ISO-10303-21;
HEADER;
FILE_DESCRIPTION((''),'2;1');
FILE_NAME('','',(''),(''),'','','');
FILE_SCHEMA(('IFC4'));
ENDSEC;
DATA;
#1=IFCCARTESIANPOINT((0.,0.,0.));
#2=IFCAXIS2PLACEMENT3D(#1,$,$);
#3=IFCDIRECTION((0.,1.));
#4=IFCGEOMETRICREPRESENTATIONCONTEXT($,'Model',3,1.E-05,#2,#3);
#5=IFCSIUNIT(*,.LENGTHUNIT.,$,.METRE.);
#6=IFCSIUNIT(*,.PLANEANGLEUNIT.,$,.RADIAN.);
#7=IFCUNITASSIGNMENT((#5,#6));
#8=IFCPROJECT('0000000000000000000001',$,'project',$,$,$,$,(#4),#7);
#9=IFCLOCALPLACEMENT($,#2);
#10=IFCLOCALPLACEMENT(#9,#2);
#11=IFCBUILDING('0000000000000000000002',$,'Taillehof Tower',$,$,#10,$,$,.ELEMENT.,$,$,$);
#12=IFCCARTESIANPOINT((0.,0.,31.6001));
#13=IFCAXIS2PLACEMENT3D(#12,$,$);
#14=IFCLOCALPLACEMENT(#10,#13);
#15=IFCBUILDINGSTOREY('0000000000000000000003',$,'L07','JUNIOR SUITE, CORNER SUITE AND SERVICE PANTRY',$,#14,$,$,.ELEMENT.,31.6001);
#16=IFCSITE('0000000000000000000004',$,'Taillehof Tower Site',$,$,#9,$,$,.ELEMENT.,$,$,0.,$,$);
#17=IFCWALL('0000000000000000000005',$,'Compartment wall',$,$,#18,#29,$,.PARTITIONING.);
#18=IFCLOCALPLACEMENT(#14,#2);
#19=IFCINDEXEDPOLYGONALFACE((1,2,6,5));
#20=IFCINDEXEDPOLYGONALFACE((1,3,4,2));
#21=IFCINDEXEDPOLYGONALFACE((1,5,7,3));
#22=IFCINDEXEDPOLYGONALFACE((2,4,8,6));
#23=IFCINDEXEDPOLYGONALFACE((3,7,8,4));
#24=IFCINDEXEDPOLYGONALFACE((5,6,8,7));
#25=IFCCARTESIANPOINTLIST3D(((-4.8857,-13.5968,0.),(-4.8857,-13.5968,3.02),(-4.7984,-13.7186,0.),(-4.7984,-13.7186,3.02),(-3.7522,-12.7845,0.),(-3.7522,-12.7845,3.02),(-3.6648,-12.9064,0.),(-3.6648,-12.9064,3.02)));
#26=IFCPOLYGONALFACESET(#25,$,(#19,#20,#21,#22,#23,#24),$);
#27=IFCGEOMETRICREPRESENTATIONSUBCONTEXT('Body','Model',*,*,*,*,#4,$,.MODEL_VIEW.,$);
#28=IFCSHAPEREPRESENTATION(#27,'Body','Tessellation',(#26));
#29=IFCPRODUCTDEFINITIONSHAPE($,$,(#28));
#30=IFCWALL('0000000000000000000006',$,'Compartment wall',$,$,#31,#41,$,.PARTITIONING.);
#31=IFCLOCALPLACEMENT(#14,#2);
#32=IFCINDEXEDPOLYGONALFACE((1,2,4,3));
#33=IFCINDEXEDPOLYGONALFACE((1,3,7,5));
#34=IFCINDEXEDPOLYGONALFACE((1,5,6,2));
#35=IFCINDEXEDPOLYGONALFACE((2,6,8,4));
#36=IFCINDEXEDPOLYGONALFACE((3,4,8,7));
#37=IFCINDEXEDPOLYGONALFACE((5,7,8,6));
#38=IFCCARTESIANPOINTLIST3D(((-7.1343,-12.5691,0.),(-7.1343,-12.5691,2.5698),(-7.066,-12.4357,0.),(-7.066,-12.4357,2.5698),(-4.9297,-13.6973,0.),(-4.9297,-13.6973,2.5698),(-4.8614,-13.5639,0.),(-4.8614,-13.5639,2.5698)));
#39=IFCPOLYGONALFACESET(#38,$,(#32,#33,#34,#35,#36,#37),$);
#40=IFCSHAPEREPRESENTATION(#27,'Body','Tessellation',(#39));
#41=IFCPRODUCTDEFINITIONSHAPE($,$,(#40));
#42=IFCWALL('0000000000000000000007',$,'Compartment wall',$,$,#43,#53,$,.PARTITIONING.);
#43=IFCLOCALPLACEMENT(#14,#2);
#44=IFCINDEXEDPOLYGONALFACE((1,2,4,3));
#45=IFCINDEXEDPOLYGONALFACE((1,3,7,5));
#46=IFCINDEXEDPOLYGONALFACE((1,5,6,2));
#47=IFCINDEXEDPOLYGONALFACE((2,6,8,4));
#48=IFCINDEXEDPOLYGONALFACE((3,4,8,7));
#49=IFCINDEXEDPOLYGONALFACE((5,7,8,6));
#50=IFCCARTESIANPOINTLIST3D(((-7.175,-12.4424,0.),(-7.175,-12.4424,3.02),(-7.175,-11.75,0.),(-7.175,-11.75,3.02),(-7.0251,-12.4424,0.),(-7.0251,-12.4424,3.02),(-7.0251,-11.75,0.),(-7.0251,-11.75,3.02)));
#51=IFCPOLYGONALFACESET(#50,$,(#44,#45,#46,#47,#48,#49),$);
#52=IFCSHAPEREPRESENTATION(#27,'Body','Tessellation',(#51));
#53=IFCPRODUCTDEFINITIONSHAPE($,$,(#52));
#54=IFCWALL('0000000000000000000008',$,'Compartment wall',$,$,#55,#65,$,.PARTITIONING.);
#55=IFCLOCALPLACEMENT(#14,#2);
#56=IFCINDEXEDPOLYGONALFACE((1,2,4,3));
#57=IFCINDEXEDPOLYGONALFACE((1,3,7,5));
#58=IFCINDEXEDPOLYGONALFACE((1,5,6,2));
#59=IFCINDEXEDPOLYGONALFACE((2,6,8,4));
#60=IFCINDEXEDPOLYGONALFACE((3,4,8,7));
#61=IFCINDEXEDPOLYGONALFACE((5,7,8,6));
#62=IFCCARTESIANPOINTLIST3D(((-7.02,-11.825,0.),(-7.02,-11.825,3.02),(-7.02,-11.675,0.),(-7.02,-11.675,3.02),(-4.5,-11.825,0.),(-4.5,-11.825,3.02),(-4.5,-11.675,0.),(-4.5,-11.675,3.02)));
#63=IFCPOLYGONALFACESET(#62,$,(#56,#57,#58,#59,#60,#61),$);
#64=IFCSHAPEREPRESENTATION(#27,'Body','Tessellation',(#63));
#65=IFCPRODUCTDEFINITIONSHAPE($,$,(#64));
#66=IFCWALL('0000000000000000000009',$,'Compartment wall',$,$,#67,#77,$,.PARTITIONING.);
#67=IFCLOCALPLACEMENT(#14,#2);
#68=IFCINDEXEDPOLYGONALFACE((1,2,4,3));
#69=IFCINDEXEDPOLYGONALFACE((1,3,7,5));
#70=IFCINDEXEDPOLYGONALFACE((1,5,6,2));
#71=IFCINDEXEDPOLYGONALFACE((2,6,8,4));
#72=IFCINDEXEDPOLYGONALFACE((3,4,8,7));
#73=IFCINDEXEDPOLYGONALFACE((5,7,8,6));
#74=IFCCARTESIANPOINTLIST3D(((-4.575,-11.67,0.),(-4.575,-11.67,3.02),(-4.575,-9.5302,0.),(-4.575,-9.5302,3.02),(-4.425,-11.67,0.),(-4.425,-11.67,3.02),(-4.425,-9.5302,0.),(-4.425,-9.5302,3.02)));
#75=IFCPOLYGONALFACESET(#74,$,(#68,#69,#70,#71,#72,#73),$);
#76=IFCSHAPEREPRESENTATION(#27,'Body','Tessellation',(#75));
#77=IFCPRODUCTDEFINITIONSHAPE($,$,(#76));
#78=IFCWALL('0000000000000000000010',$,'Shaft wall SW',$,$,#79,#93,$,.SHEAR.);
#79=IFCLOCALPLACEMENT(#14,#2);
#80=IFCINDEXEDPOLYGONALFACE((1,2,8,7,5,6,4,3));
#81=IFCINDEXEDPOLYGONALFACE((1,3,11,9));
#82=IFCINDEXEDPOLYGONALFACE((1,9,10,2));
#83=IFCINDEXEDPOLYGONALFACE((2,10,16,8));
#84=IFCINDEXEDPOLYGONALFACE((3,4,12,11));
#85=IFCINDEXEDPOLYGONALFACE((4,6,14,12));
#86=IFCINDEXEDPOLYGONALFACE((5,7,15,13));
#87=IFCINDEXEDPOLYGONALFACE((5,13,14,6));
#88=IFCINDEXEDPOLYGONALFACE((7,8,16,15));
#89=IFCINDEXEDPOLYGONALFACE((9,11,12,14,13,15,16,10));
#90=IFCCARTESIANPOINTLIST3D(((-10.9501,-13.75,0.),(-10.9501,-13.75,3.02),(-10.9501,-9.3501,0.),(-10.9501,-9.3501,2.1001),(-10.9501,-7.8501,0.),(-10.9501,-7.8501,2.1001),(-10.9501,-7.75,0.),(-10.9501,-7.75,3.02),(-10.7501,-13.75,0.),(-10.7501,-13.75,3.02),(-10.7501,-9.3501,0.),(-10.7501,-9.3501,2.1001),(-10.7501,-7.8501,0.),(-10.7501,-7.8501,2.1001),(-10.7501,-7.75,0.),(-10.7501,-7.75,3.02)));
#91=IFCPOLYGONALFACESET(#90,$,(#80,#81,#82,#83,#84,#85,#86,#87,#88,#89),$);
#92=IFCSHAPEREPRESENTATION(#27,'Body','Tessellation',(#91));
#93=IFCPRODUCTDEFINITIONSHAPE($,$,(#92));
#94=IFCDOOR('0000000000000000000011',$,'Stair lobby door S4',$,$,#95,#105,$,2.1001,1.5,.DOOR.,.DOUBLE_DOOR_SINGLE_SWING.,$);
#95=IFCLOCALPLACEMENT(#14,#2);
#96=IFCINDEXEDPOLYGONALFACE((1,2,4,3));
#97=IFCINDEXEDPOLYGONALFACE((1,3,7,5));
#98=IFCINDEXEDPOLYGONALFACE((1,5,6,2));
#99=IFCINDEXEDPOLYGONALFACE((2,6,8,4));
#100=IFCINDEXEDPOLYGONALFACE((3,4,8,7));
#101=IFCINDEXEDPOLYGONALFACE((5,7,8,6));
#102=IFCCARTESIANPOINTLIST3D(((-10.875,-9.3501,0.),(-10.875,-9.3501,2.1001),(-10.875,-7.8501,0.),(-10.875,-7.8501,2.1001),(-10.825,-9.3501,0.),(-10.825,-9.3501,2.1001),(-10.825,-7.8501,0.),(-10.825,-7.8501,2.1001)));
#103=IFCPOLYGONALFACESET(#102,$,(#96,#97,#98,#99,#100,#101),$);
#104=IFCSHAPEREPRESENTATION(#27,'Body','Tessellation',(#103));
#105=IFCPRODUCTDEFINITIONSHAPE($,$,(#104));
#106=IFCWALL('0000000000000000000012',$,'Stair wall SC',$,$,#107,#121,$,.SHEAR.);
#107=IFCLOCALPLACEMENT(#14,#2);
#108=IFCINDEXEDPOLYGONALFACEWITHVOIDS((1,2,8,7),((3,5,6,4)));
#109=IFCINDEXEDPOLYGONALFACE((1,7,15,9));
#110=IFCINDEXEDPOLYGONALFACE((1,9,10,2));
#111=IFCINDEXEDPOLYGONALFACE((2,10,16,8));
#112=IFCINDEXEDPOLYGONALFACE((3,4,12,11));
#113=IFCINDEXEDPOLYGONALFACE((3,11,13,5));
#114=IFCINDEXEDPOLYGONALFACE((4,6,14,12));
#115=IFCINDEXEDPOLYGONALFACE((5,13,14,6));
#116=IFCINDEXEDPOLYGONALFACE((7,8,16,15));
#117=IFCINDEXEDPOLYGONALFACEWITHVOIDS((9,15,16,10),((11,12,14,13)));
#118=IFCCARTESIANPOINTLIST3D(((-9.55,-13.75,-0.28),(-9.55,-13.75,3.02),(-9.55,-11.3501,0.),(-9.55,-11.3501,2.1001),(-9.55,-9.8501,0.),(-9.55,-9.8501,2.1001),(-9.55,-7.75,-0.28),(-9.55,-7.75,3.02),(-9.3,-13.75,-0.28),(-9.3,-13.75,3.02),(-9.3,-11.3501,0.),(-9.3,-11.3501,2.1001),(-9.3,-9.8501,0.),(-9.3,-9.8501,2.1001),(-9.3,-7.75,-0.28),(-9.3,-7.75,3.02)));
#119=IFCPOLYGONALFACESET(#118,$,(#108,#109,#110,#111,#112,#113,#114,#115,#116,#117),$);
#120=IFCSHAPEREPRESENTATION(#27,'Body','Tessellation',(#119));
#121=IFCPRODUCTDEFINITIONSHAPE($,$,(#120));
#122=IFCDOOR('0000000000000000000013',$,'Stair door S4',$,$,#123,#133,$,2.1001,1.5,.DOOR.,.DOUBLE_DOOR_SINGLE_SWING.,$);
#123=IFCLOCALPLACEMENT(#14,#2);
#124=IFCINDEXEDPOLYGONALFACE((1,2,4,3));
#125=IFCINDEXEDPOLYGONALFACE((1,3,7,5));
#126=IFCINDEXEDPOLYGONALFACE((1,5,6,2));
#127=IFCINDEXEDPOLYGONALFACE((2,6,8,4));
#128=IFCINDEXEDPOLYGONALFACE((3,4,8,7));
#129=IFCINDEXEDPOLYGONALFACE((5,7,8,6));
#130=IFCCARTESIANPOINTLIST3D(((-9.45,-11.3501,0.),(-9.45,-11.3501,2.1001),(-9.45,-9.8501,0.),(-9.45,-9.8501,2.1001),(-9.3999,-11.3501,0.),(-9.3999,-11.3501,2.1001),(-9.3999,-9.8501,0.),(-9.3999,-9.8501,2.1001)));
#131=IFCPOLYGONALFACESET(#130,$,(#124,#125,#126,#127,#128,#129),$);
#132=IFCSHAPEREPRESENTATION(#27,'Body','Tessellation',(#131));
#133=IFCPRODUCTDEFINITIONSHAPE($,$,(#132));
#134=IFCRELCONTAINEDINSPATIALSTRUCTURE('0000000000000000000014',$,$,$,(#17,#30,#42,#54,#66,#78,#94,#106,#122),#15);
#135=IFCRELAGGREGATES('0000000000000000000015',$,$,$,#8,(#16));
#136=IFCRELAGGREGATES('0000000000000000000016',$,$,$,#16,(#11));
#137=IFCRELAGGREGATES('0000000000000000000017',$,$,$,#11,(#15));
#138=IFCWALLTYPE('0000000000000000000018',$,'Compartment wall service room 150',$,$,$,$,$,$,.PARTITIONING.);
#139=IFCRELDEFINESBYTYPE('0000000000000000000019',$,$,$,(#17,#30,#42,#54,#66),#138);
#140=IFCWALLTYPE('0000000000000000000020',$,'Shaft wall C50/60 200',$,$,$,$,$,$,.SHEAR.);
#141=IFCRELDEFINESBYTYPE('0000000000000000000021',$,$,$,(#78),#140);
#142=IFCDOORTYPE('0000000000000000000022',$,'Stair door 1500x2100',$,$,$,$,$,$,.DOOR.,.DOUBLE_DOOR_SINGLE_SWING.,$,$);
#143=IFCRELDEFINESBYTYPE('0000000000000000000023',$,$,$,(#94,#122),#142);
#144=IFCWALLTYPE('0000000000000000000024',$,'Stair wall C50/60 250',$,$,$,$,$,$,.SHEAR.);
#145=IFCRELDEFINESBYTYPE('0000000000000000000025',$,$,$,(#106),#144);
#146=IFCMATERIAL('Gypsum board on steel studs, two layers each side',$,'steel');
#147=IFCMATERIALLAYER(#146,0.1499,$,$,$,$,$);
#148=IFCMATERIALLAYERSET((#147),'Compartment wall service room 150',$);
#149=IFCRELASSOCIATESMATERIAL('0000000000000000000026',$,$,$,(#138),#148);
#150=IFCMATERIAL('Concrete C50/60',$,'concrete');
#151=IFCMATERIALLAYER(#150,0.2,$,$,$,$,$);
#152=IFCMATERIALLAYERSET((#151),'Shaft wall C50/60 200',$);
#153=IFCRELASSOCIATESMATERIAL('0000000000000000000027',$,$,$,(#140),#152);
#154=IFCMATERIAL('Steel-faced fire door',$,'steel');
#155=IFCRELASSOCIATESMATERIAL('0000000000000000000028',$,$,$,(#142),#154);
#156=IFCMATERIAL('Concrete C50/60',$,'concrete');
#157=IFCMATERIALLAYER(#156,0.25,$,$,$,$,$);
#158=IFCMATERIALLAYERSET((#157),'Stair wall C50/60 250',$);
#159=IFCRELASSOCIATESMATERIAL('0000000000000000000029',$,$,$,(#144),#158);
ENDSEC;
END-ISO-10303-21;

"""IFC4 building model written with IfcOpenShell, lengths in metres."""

from ifc_helpers import new_model, si_unit, direction, frame, frame_2d, origin, place, context, subcontext, project, spatial, rectangle, extrude, material, layer, layer_set, type_object, element, fill, save


model = new_model("IFC4")

# Units and contexts
model_context = context("Model", 3, precision=1e-05, world=origin(), true_north=direction((0.0, 1.0)))
body_context = subcontext(model_context, "Body", "Model", "MODEL_VIEW")
ifc_project = project(units=[si_unit("LENGTHUNIT", "METRE"), si_unit("PLANEANGLEUNIT", "RADIAN")], contexts=[model_context])

# Site, building, storey
site_placement = place(None, origin())
site = spatial("IfcSite", under=ifc_project, at=site_placement, Name="Taillehof Tower Site", CompositionType="ELEMENT", RefElevation=0.0)
building_placement = place(site_placement, origin())
building = spatial("IfcBuilding", under=site, at=building_placement, Name="Taillehof Tower", CompositionType="ELEMENT")
storey_placement = place(building_placement, frame((0.0, 0.0, 31.6001)))
storey = spatial("IfcBuildingStorey", under=building, at=storey_placement, Name="L07", Description="JUNIOR SUITE, CORNER SUITE AND SERVICE PANTRY", CompositionType="ELEMENT", Elevation=31.6001)

# Shared definitions
ifc_material_1 = material(Name="Gypsum board on steel studs, two layers each side", Category="steel")
ifc_layer_1 = layer(ifc_material_1, 0.1499)
ifc_layer_set_1 = layer_set([ifc_layer_1], Name="Compartment wall service room 150")
wall_type_1 = type_object("IfcWallType", Name="Compartment wall service room 150", PredefinedType="PARTITIONING", material=ifc_layer_set_1)

# Walls
wall_1_placement = place(storey_placement, frame((-3.7085, -12.8455, 0.0), z_axis=(0.0, 0.0, 1.0), x_axis=(-0.812857, -0.582463, 0.0)))
element("IfcWall", 1, at=wall_1_placement, inside=storey, type_object=wall_type_1, Name="Compartment wall", PredefinedType="PARTITIONING", context=body_context, shape_type="SweptSolid", body=[
    extrude(rectangle(XDim=1.3945, YDim=0.1499, at=frame_2d((0.6973, 0.0))), origin(), (0.0, 0.0, 1.0), 3.02),
])
wall_2_placement = place(storey_placement, frame((-4.8955, -13.6306, 0.0), z_axis=(0.0, 0.0, 1.0), x_axis=(-0.890208, 0.455554, 0.0)))
element("IfcWall", 2, at=wall_2_placement, inside=storey, type_object=wall_type_1, Name="Compartment wall", PredefinedType="PARTITIONING", context=body_context, shape_type="SweptSolid", body=[
    extrude(rectangle(XDim=2.4766, YDim=0.1499, at=frame_2d((1.2383, 0.0))), origin(), (0.0, 0.0, 1.0), 2.5698),
])
wall_3_placement = place(storey_placement, frame((-7.1001, -12.4424, 0.0), z_axis=(0.0, 0.0, 1.0), x_axis=(0.0, 1.0, 0.0)))
element("IfcWall", 3, at=wall_3_placement, inside=storey, type_object=wall_type_1, Name="Compartment wall", PredefinedType="PARTITIONING", context=body_context, shape_type="SweptSolid", body=[
    extrude(rectangle(XDim=0.6924, YDim=0.1499, at=frame_2d((0.3462, 0.0))), origin(), (0.0, 0.0, 1.0), 3.02),
])
wall_4_placement = place(storey_placement, frame((-7.02, -11.75, 0.0), z_axis=(0.0, 0.0, 1.0), x_axis=(1.0, 0.0, 0.0)))
element("IfcWall", 4, at=wall_4_placement, inside=storey, type_object=wall_type_1, Name="Compartment wall", PredefinedType="PARTITIONING", context=body_context, shape_type="SweptSolid", body=[
    extrude(rectangle(XDim=2.52, YDim=0.1499, at=frame_2d((1.26, 0.0))), origin(), (0.0, 0.0, 1.0), 3.02),
])
wall_5_placement = place(storey_placement, frame((-4.5, -11.6699, 0.0), z_axis=(0.0, 0.0, 1.0), x_axis=(0.0, 1.0, 0.0)))
element("IfcWall", 5, at=wall_5_placement, inside=storey, type_object=wall_type_1, Name="Compartment wall", PredefinedType="PARTITIONING", context=body_context, shape_type="SweptSolid", body=[
    extrude(rectangle(XDim=2.1399, YDim=0.1499, at=frame_2d((1.0698, 0.0))), origin(), (0.0, 0.0, 1.0), 3.02),
])

# Walls, openings, doors
ifc_material_2 = material(Name="Concrete C50/60", Category="concrete")
ifc_layer_2 = layer(ifc_material_2, 0.2)
ifc_layer_set_2 = layer_set([ifc_layer_2], Name="Shaft wall C50/60 200")
wall_type_2 = type_object("IfcWallType", Name="Shaft wall C50/60 200", PredefinedType="SHEAR", material=ifc_layer_set_2)
wall_6_placement = place(storey_placement, frame((-10.8501, -13.75, 0.0), z_axis=(0.0, 0.0, 1.0), x_axis=(0.0, 1.0, 0.0)))
wall_6 = element("IfcWall", 6, at=wall_6_placement, inside=storey, type_object=wall_type_2, Name="Shaft wall SW", PredefinedType="SHEAR", context=body_context, shape_type="SweptSolid", body=[
    extrude(rectangle(XDim=6.0, YDim=0.2, at=frame_2d((3.0, 0.0))), origin(), (0.0, 0.0, 1.0), 3.02),
])
opening_1_placement = place(wall_6_placement, frame((4.3999, 0.0, 0.0)))
opening_1 = element("IfcOpeningElement", 7, at=opening_1_placement, cuts=wall_6, PredefinedType="OPENING", context=body_context, shape_type="SweptSolid", body=[
    extrude(rectangle(XDim=1.5, YDim=2.1001, at=frame_2d((0.75, 1.05))), frame((0.0, 0.1099, 0.0), z_axis=(0.0, -1.0, 0.0), x_axis=(1.0, 0.0, 0.0)), (0.0, 0.0, 1.0), 0.22),
])
ifc_material_3 = material(Name="Steel-faced fire door", Category="steel")
door_type_1 = type_object("IfcDoorType", Name="Stair door 1500x2100", OperationType="DOUBLE_DOOR_SINGLE_SWING", PredefinedType="DOOR", material=ifc_material_3)
door_1_placement = place(opening_1_placement, origin())
door_1 = element("IfcDoor", 8, at=door_1_placement, inside=storey, type_object=door_type_1, Name="Stair lobby door S4", OperationType="DOUBLE_DOOR_SINGLE_SWING", OverallHeight=2.1001, OverallWidth=1.5, PredefinedType="DOOR", context=body_context, shape_type="SweptSolid", body=[
    extrude(rectangle(XDim=1.5, YDim=2.1001, at=frame_2d((0.75, 1.05))), frame((0.0, 0.0249, 0.0), z_axis=(0.0, -1.0, 0.0), x_axis=(1.0, 0.0, 0.0)), (0.0, 0.0, 1.0), 0.05),
])
fill(opening_1, door_1)
ifc_material_4 = material(Name="Concrete C50/60", Category="concrete")
ifc_layer_3 = layer(ifc_material_4, 0.25)
ifc_layer_set_3 = layer_set([ifc_layer_3], Name="Stair wall C50/60 250")
wall_type_3 = type_object("IfcWallType", Name="Stair wall C50/60 250", PredefinedType="SHEAR", material=ifc_layer_set_3)
wall_7_placement = place(storey_placement, frame((-9.425, -13.75, -0.28), z_axis=(0.0, 0.0, 1.0), x_axis=(0.0, 1.0, 0.0)))
wall_7 = element("IfcWall", 9, at=wall_7_placement, inside=storey, type_object=wall_type_3, Name="Stair wall SC", PredefinedType="SHEAR", context=body_context, shape_type="SweptSolid", body=[
    extrude(rectangle(XDim=6.0, YDim=0.25, at=frame_2d((3.0, 0.0))), origin(), (0.0, 0.0, 1.0), 3.3),
])
opening_2_placement = place(wall_7_placement, frame((2.3999, 0.0, 0.28)))
opening_2 = element("IfcOpeningElement", 10, at=opening_2_placement, cuts=wall_7, PredefinedType="OPENING", context=body_context, shape_type="SweptSolid", body=[
    extrude(rectangle(XDim=1.5, YDim=2.1001, at=frame_2d((0.75, 1.05))), frame((0.0, 0.135, 0.0), z_axis=(0.0, -1.0, 0.0), x_axis=(1.0, 0.0, 0.0)), (0.0, 0.0, 1.0), 0.27),
])
door_2_placement = place(opening_2_placement, origin())
door_2 = element("IfcDoor", 11, at=door_2_placement, inside=storey, type_object=door_type_1, Name="Stair door S4", OperationType="DOUBLE_DOOR_SINGLE_SWING", OverallHeight=2.1001, OverallWidth=1.5, PredefinedType="DOOR", context=body_context, shape_type="SweptSolid", body=[
    extrude(rectangle(XDim=1.5, YDim=2.1001, at=frame_2d((0.75, 1.05))), frame((0.0, 0.0249, 0.0), z_axis=(0.0, -1.0, 0.0), x_axis=(1.0, 0.0, 0.0)), (0.0, 0.0, 1.0), 0.05),
])
fill(opening_2, door_2)

save(model, "model.ifc")
